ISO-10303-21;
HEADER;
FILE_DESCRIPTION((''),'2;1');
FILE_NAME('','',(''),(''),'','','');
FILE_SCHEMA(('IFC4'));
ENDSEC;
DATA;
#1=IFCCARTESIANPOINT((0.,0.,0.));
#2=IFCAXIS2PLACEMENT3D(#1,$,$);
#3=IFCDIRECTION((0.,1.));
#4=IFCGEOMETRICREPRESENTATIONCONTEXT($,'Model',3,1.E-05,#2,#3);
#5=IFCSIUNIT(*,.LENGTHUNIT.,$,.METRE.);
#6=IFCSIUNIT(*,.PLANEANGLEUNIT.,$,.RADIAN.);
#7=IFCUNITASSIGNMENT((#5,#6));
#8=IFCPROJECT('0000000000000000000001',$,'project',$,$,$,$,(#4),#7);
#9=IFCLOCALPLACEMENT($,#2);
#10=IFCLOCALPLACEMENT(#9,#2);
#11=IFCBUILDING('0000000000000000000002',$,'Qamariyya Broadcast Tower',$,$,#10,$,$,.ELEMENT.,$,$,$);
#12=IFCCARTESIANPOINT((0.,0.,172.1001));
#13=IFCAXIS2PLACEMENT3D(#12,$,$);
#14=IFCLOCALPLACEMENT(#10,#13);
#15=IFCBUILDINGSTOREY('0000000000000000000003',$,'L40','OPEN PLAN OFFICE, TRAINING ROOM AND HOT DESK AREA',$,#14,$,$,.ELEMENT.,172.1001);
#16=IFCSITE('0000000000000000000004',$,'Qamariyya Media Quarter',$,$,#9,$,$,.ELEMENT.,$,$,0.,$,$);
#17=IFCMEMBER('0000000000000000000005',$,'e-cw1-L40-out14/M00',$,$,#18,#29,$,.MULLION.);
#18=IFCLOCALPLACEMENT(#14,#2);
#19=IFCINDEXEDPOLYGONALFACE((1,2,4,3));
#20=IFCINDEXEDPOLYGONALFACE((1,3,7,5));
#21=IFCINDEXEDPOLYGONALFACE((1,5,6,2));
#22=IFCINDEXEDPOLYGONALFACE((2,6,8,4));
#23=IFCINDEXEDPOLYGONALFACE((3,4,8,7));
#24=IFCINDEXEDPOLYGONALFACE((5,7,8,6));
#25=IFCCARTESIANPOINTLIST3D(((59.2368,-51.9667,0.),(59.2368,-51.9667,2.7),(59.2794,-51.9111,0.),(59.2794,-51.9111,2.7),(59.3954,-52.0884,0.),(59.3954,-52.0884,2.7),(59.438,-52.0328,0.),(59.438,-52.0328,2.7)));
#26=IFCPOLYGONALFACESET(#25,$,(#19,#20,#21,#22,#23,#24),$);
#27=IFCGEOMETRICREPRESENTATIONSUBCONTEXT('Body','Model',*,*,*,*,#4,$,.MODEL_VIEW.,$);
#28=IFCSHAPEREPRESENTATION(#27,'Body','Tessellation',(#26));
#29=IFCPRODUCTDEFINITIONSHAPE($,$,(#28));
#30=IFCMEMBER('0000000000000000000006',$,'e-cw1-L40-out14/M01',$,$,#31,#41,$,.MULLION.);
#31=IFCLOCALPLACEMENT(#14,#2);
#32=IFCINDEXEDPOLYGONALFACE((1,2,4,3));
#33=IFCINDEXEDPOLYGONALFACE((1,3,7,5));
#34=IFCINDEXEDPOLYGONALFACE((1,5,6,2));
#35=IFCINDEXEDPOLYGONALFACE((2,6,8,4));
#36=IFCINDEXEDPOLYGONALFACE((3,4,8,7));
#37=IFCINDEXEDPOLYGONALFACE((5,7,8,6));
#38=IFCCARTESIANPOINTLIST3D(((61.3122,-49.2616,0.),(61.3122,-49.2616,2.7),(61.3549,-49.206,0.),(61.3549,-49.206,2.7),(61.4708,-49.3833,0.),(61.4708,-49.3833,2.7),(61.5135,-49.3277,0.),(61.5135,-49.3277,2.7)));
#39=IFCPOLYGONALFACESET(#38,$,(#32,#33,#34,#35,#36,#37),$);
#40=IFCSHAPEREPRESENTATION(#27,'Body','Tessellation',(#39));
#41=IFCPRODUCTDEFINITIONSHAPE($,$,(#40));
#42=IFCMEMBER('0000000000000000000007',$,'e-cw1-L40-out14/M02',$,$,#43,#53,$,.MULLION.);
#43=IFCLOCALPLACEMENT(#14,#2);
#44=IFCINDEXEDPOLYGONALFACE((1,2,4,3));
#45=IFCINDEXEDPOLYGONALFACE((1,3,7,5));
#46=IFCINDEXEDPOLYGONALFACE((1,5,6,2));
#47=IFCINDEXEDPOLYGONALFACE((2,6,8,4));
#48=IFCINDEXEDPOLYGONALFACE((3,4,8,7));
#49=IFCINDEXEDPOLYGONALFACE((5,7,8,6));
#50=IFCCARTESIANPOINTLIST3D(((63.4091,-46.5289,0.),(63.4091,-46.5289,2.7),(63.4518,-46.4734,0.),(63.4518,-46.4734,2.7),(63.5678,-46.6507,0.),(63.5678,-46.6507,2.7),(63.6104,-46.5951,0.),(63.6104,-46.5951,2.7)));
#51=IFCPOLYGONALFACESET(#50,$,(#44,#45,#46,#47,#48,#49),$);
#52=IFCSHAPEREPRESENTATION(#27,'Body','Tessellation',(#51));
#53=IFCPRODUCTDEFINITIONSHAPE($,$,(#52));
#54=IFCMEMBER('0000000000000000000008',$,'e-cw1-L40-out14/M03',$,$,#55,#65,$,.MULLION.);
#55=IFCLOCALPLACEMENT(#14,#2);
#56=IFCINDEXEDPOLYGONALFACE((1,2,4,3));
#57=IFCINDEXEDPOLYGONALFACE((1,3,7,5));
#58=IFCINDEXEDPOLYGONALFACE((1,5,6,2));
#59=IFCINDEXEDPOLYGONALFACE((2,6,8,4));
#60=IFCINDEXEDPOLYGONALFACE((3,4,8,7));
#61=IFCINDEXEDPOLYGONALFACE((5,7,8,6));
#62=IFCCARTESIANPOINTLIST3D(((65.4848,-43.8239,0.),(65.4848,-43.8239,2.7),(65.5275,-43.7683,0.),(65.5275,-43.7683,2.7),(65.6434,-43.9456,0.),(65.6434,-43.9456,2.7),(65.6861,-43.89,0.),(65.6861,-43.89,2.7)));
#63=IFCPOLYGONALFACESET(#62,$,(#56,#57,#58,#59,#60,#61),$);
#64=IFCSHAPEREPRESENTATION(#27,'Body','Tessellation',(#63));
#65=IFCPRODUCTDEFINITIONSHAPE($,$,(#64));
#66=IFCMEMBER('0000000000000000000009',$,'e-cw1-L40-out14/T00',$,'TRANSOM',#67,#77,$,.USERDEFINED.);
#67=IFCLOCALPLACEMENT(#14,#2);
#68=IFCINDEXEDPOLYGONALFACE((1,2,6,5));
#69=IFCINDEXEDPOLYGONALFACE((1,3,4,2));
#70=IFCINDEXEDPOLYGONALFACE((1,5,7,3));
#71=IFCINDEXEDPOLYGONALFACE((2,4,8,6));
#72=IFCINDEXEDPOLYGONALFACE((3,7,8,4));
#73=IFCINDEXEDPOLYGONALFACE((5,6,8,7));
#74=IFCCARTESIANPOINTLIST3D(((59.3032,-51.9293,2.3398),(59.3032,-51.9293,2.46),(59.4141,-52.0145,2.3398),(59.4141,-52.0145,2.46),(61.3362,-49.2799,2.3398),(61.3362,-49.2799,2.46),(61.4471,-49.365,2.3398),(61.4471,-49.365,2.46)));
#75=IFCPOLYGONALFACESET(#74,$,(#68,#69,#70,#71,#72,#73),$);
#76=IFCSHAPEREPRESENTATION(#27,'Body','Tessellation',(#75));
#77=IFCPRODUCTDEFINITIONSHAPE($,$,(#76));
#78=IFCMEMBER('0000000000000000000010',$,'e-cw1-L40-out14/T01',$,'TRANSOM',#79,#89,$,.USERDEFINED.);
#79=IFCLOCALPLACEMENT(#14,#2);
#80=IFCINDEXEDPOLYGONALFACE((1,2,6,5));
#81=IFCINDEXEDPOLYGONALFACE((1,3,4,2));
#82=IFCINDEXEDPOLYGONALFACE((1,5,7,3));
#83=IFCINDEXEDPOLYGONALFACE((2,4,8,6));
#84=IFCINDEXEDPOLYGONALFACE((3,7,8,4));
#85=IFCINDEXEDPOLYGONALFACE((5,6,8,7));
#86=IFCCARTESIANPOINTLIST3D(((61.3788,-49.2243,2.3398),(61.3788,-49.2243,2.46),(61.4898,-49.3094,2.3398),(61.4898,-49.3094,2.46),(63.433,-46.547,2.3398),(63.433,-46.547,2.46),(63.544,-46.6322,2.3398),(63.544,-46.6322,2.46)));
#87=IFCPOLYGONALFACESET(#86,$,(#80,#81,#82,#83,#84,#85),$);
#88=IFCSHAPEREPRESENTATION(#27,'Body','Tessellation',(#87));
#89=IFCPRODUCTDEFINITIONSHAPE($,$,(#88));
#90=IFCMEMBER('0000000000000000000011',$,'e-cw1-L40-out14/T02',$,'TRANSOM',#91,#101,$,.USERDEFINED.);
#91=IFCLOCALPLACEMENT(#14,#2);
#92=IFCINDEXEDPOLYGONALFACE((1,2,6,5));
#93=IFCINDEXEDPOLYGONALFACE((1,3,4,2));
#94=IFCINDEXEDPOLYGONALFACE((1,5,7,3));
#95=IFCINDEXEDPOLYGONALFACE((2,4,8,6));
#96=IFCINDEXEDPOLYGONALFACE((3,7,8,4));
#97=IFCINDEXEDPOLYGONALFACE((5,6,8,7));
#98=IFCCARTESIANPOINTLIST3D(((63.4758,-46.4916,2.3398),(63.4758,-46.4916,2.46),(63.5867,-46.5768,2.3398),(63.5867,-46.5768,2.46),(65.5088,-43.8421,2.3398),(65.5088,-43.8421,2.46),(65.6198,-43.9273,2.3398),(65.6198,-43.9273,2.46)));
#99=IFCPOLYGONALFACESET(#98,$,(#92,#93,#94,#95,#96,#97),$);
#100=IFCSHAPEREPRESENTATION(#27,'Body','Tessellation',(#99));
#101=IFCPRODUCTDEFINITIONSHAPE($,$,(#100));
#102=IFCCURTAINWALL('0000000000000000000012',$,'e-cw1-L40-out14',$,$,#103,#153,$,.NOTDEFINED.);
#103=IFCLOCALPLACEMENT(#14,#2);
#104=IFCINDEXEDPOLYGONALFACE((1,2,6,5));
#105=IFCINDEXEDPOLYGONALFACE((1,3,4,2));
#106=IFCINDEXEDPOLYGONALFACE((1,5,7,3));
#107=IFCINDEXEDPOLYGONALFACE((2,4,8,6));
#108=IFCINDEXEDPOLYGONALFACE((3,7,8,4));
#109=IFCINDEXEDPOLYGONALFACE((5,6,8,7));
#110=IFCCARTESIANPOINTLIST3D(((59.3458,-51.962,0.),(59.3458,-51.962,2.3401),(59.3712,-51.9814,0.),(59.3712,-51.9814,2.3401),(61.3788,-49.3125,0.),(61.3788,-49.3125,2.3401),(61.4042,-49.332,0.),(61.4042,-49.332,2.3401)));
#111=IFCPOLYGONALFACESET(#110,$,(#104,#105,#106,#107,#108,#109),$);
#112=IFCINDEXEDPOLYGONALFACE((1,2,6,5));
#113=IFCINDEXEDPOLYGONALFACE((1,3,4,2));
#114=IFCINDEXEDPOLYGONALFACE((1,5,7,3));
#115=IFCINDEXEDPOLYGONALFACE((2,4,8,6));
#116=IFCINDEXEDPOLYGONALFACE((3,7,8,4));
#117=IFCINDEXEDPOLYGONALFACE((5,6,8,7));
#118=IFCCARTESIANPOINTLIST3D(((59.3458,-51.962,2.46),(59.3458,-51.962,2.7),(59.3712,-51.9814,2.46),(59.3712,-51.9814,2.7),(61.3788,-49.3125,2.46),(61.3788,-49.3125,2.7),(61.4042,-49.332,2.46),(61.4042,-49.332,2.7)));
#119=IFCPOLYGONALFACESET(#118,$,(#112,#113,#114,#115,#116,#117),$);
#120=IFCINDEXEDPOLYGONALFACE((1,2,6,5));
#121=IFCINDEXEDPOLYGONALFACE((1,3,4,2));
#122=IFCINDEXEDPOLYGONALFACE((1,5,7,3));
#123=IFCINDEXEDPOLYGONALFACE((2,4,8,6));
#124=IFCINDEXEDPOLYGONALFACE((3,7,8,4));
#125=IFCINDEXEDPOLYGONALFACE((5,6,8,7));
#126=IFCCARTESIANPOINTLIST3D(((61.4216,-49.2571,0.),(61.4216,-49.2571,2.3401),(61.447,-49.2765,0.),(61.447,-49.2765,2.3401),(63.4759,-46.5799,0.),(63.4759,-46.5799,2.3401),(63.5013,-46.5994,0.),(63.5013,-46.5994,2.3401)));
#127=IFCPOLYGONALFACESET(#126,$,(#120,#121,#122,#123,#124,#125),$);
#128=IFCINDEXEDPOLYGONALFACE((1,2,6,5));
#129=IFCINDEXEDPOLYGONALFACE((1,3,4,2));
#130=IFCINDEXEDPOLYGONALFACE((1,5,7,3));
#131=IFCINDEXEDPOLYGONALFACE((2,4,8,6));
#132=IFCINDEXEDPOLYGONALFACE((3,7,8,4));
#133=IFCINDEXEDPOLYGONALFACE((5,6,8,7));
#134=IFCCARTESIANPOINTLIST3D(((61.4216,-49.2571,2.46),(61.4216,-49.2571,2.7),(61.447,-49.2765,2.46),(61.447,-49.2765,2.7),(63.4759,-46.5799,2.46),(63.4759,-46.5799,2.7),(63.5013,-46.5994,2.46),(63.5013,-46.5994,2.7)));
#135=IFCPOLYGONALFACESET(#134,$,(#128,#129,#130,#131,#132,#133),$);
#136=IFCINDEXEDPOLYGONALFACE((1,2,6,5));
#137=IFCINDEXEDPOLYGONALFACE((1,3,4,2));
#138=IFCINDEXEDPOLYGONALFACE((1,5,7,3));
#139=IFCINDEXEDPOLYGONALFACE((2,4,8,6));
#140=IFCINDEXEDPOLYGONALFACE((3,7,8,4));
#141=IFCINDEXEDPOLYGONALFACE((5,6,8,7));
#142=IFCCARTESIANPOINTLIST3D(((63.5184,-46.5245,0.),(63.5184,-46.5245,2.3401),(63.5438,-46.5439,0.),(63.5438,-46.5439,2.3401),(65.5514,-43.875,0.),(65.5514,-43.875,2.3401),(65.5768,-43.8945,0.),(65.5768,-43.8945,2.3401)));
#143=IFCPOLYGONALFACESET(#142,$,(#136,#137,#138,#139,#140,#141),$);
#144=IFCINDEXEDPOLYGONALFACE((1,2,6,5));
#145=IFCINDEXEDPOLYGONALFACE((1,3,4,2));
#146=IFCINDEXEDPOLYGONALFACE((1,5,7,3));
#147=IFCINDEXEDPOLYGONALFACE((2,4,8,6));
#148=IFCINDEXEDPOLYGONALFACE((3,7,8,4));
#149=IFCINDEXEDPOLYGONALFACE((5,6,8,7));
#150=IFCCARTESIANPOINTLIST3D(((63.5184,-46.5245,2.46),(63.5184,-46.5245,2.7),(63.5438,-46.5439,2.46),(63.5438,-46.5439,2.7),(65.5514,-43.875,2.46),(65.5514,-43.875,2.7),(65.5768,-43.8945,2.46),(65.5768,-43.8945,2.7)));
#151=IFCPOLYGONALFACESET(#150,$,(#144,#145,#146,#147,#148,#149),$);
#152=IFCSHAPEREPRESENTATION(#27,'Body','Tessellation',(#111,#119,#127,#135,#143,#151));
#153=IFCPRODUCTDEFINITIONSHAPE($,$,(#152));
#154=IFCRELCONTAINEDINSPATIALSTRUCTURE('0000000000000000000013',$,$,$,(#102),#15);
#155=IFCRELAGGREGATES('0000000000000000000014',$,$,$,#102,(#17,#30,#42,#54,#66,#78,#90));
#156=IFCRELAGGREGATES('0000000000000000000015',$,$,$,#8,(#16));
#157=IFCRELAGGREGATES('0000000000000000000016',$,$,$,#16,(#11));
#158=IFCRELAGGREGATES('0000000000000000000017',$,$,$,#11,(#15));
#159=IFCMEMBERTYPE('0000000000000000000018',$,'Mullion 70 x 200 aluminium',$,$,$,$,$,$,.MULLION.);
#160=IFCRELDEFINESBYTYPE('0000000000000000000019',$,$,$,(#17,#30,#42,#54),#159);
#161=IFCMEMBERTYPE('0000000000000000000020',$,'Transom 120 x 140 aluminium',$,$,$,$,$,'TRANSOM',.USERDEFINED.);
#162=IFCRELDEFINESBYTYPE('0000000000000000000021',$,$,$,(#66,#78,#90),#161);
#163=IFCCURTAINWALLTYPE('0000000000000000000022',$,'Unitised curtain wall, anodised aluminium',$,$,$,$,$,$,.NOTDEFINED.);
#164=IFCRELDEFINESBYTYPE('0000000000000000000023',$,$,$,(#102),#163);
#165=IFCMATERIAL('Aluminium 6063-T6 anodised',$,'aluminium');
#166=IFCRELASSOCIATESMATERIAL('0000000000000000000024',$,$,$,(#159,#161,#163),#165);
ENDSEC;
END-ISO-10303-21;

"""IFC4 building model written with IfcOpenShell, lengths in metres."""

from ifc_helpers import new_model, si_unit, direction, frame, origin, origin_2d, place, context, subcontext, project, spatial, rectangle, extrude, material, material_profile, profile_set, type_object, element, aggregate, save


model = new_model("IFC4")

# Units and contexts
model_context = context("Model", 3, precision=1e-05, world=origin(), true_north=direction((0.0, 1.0)))
body_context = subcontext(model_context, "Body", "Model", "MODEL_VIEW")
ifc_project = project(units=[si_unit("LENGTHUNIT", "METRE"), si_unit("PLANEANGLEUNIT", "RADIAN")], contexts=[model_context])

# Members
ifc_material_1 = material(Name="Aluminium 6063-T6 anodised", Category="aluminium")
ifc_material_profile_1 = material_profile(ifc_material_1, rectangle(XDim=0.2, YDim=0.0701, at=origin_2d()))
ifc_profile_set_1 = profile_set([ifc_material_profile_1], Name="Aluminium 6063-T6 anodised")
member_type_1 = type_object("IfcMemberType", Name="Mullion 70 x 200 aluminium", PredefinedType="MULLION", material=ifc_profile_set_1)
site_placement = place(None, origin())
building_placement = place(site_placement, origin())
storey_placement = place(building_placement, frame((0.0, 0.0, 172.1001)))
member_1_placement = place(storey_placement, frame((59.3374, -51.9998, 0.0), z_axis=(0.0, 0.0, 1.0), x_axis=(-0.793353, 0.608761, 0.0)))
member_1 = element("IfcMember", 1, at=member_1_placement, type_object=member_type_1, Name="e-cw1-L40-out14/M00", PredefinedType="MULLION", context=body_context, shape_type="SweptSolid", body=[
    extrude(rectangle(XDim=0.2, YDim=0.0701, at=origin_2d()), origin(), (0.0, 0.0, 1.0), 2.7),
])
member_2_placement = place(storey_placement, frame((61.4128, -49.2947, 0.0), z_axis=(0.0, 0.0, 1.0), x_axis=(-0.793353, 0.608761, 0.0)))
member_2 = element("IfcMember", 2, at=member_2_placement, type_object=member_type_1, Name="e-cw1-L40-out14/M01", PredefinedType="MULLION", context=body_context, shape_type="SweptSolid", body=[
    extrude(rectangle(XDim=0.2, YDim=0.0701, at=origin_2d()), origin(), (0.0, 0.0, 1.0), 2.7),
])
member_3_placement = place(storey_placement, frame((63.5098, -46.562, 0.0), z_axis=(0.0, 0.0, 1.0), x_axis=(-0.793353, 0.608761, 0.0)))
member_3 = element("IfcMember", 3, at=member_3_placement, type_object=member_type_1, Name="e-cw1-L40-out14/M02", PredefinedType="MULLION", context=body_context, shape_type="SweptSolid", body=[
    extrude(rectangle(XDim=0.2, YDim=0.0701, at=origin_2d()), origin(), (0.0, 0.0, 1.0), 2.7),
])
member_4_placement = place(storey_placement, frame((65.5854, -43.8569, 0.0), z_axis=(0.0, 0.0, 1.0), x_axis=(-0.793353, 0.608761, 0.0)))
member_4 = element("IfcMember", 4, at=member_4_placement, type_object=member_type_1, Name="e-cw1-L40-out14/M03", PredefinedType="MULLION", context=body_context, shape_type="SweptSolid", body=[
    extrude(rectangle(XDim=0.2, YDim=0.0701, at=origin_2d()), origin(), (0.0, 0.0, 1.0), 2.7),
])
ifc_material_profile_2 = material_profile(ifc_material_1, rectangle(XDim=0.1399, YDim=0.1201, at=origin_2d()))
ifc_profile_set_2 = profile_set([ifc_material_profile_2], Name="Aluminium 6063-T6 anodised")
member_type_2 = type_object("IfcMemberType", Name="Transom 120 x 140 aluminium", ElementType="TRANSOM", PredefinedType="USERDEFINED", material=ifc_profile_set_2)
member_5_placement = place(storey_placement, frame((59.3586, -51.9719, 2.3999), z_axis=(0.60876, 0.793354, 0.0), x_axis=(-0.793354, 0.60876, 0.0)))
member_5 = element("IfcMember", 5, at=member_5_placement, type_object=member_type_2, Name="e-cw1-L40-out14/T00", ObjectType="TRANSOM", PredefinedType="USERDEFINED", context=body_context, shape_type="SweptSolid", body=[
    extrude(rectangle(XDim=0.1399, YDim=0.1201, at=origin_2d()), origin(), (0.0, 0.0, 1.0), 3.3396),
])
member_6_placement = place(storey_placement, frame((61.4343, -49.2668, 2.3999), z_axis=(0.608738, 0.793371, 0.0), x_axis=(-0.793371, 0.608738, 0.0)))
member_6 = element("IfcMember", 6, at=member_6_placement, type_object=member_type_2, Name="e-cw1-L40-out14/T01", ObjectType="TRANSOM", PredefinedType="USERDEFINED", context=body_context, shape_type="SweptSolid", body=[
    extrude(rectangle(XDim=0.1399, YDim=0.1201, at=origin_2d()), origin(), (0.0, 0.0, 1.0), 3.3745),
])
member_7_placement = place(storey_placement, frame((63.5312, -46.5342, 2.3999), z_axis=(0.60876, 0.793354, 0.0), x_axis=(-0.793354, 0.60876, 0.0)))
member_7 = element("IfcMember", 7, at=member_7_placement, type_object=member_type_2, Name="e-cw1-L40-out14/T02", ObjectType="TRANSOM", PredefinedType="USERDEFINED", context=body_context, shape_type="SweptSolid", body=[
    extrude(rectangle(XDim=0.1399, YDim=0.1201, at=origin_2d()), origin(), (0.0, 0.0, 1.0), 3.3396),
])

# Site, building, storey
site = spatial("IfcSite", under=ifc_project, at=site_placement, Name="Qamariyya Media Quarter", CompositionType="ELEMENT", RefElevation=0.0)
building = spatial("IfcBuilding", under=site, at=building_placement, Name="Qamariyya Broadcast Tower", CompositionType="ELEMENT")
storey = spatial("IfcBuildingStorey", under=building, at=storey_placement, Name="L40", Description="OPEN PLAN OFFICE, TRAINING ROOM AND HOT DESK AREA", CompositionType="ELEMENT", Elevation=172.1001)

# Curtain wall
curtain_wall_type = type_object("IfcCurtainWallType", Name="Unitised curtain wall, anodised aluminium", PredefinedType="NOTDEFINED", material=ifc_material_1)
curtain_wall_1_placement = place(storey_placement, origin())
curtain_wall_1 = element("IfcCurtainWall", 8, at=curtain_wall_1_placement, inside=storey, type_object=curtain_wall_type, Name="e-cw1-L40-out14", PredefinedType="NOTDEFINED", context=body_context, shape_type="SweptSolid", body=[
    extrude(rectangle(XDim=3.3396, YDim=0.032, at=origin_2d()), frame((60.375, -50.647, 0.0), x_axis=(0.608764, 0.793352, 0.0)), (0.0, 0.0, 1.0), 2.3401),
    extrude(rectangle(XDim=3.3396, YDim=0.032, at=origin_2d()), frame((60.375, -50.647, 2.46), x_axis=(0.608764, 0.793352, 0.0)), (0.0, 0.0, 1.0), 0.24),
    extrude(rectangle(XDim=3.3745, YDim=0.032, at=origin_2d()), frame((62.4614, -47.9282, 0.0), x_axis=(0.608764, 0.793352, 0.0)), (0.0, 0.0, 1.0), 2.3401),
    extrude(rectangle(XDim=3.3745, YDim=0.032, at=origin_2d()), frame((62.4614, -47.9282, 2.46), x_axis=(0.608764, 0.793352, 0.0)), (0.0, 0.0, 1.0), 0.24),
    extrude(rectangle(XDim=3.3396, YDim=0.032, at=origin_2d()), frame((64.5476, -45.2095, 0.0), x_axis=(0.608764, 0.793352, 0.0)), (0.0, 0.0, 1.0), 2.3401),
    extrude(rectangle(XDim=3.3396, YDim=0.032, at=origin_2d()), frame((64.5476, -45.2095, 2.46), x_axis=(0.608764, 0.793352, 0.0)), (0.0, 0.0, 1.0), 0.24),
])
aggregate(curtain_wall_1, [member_1, member_2, member_3, member_4, member_5, member_6, member_7])

save(model, "model.ifc")
